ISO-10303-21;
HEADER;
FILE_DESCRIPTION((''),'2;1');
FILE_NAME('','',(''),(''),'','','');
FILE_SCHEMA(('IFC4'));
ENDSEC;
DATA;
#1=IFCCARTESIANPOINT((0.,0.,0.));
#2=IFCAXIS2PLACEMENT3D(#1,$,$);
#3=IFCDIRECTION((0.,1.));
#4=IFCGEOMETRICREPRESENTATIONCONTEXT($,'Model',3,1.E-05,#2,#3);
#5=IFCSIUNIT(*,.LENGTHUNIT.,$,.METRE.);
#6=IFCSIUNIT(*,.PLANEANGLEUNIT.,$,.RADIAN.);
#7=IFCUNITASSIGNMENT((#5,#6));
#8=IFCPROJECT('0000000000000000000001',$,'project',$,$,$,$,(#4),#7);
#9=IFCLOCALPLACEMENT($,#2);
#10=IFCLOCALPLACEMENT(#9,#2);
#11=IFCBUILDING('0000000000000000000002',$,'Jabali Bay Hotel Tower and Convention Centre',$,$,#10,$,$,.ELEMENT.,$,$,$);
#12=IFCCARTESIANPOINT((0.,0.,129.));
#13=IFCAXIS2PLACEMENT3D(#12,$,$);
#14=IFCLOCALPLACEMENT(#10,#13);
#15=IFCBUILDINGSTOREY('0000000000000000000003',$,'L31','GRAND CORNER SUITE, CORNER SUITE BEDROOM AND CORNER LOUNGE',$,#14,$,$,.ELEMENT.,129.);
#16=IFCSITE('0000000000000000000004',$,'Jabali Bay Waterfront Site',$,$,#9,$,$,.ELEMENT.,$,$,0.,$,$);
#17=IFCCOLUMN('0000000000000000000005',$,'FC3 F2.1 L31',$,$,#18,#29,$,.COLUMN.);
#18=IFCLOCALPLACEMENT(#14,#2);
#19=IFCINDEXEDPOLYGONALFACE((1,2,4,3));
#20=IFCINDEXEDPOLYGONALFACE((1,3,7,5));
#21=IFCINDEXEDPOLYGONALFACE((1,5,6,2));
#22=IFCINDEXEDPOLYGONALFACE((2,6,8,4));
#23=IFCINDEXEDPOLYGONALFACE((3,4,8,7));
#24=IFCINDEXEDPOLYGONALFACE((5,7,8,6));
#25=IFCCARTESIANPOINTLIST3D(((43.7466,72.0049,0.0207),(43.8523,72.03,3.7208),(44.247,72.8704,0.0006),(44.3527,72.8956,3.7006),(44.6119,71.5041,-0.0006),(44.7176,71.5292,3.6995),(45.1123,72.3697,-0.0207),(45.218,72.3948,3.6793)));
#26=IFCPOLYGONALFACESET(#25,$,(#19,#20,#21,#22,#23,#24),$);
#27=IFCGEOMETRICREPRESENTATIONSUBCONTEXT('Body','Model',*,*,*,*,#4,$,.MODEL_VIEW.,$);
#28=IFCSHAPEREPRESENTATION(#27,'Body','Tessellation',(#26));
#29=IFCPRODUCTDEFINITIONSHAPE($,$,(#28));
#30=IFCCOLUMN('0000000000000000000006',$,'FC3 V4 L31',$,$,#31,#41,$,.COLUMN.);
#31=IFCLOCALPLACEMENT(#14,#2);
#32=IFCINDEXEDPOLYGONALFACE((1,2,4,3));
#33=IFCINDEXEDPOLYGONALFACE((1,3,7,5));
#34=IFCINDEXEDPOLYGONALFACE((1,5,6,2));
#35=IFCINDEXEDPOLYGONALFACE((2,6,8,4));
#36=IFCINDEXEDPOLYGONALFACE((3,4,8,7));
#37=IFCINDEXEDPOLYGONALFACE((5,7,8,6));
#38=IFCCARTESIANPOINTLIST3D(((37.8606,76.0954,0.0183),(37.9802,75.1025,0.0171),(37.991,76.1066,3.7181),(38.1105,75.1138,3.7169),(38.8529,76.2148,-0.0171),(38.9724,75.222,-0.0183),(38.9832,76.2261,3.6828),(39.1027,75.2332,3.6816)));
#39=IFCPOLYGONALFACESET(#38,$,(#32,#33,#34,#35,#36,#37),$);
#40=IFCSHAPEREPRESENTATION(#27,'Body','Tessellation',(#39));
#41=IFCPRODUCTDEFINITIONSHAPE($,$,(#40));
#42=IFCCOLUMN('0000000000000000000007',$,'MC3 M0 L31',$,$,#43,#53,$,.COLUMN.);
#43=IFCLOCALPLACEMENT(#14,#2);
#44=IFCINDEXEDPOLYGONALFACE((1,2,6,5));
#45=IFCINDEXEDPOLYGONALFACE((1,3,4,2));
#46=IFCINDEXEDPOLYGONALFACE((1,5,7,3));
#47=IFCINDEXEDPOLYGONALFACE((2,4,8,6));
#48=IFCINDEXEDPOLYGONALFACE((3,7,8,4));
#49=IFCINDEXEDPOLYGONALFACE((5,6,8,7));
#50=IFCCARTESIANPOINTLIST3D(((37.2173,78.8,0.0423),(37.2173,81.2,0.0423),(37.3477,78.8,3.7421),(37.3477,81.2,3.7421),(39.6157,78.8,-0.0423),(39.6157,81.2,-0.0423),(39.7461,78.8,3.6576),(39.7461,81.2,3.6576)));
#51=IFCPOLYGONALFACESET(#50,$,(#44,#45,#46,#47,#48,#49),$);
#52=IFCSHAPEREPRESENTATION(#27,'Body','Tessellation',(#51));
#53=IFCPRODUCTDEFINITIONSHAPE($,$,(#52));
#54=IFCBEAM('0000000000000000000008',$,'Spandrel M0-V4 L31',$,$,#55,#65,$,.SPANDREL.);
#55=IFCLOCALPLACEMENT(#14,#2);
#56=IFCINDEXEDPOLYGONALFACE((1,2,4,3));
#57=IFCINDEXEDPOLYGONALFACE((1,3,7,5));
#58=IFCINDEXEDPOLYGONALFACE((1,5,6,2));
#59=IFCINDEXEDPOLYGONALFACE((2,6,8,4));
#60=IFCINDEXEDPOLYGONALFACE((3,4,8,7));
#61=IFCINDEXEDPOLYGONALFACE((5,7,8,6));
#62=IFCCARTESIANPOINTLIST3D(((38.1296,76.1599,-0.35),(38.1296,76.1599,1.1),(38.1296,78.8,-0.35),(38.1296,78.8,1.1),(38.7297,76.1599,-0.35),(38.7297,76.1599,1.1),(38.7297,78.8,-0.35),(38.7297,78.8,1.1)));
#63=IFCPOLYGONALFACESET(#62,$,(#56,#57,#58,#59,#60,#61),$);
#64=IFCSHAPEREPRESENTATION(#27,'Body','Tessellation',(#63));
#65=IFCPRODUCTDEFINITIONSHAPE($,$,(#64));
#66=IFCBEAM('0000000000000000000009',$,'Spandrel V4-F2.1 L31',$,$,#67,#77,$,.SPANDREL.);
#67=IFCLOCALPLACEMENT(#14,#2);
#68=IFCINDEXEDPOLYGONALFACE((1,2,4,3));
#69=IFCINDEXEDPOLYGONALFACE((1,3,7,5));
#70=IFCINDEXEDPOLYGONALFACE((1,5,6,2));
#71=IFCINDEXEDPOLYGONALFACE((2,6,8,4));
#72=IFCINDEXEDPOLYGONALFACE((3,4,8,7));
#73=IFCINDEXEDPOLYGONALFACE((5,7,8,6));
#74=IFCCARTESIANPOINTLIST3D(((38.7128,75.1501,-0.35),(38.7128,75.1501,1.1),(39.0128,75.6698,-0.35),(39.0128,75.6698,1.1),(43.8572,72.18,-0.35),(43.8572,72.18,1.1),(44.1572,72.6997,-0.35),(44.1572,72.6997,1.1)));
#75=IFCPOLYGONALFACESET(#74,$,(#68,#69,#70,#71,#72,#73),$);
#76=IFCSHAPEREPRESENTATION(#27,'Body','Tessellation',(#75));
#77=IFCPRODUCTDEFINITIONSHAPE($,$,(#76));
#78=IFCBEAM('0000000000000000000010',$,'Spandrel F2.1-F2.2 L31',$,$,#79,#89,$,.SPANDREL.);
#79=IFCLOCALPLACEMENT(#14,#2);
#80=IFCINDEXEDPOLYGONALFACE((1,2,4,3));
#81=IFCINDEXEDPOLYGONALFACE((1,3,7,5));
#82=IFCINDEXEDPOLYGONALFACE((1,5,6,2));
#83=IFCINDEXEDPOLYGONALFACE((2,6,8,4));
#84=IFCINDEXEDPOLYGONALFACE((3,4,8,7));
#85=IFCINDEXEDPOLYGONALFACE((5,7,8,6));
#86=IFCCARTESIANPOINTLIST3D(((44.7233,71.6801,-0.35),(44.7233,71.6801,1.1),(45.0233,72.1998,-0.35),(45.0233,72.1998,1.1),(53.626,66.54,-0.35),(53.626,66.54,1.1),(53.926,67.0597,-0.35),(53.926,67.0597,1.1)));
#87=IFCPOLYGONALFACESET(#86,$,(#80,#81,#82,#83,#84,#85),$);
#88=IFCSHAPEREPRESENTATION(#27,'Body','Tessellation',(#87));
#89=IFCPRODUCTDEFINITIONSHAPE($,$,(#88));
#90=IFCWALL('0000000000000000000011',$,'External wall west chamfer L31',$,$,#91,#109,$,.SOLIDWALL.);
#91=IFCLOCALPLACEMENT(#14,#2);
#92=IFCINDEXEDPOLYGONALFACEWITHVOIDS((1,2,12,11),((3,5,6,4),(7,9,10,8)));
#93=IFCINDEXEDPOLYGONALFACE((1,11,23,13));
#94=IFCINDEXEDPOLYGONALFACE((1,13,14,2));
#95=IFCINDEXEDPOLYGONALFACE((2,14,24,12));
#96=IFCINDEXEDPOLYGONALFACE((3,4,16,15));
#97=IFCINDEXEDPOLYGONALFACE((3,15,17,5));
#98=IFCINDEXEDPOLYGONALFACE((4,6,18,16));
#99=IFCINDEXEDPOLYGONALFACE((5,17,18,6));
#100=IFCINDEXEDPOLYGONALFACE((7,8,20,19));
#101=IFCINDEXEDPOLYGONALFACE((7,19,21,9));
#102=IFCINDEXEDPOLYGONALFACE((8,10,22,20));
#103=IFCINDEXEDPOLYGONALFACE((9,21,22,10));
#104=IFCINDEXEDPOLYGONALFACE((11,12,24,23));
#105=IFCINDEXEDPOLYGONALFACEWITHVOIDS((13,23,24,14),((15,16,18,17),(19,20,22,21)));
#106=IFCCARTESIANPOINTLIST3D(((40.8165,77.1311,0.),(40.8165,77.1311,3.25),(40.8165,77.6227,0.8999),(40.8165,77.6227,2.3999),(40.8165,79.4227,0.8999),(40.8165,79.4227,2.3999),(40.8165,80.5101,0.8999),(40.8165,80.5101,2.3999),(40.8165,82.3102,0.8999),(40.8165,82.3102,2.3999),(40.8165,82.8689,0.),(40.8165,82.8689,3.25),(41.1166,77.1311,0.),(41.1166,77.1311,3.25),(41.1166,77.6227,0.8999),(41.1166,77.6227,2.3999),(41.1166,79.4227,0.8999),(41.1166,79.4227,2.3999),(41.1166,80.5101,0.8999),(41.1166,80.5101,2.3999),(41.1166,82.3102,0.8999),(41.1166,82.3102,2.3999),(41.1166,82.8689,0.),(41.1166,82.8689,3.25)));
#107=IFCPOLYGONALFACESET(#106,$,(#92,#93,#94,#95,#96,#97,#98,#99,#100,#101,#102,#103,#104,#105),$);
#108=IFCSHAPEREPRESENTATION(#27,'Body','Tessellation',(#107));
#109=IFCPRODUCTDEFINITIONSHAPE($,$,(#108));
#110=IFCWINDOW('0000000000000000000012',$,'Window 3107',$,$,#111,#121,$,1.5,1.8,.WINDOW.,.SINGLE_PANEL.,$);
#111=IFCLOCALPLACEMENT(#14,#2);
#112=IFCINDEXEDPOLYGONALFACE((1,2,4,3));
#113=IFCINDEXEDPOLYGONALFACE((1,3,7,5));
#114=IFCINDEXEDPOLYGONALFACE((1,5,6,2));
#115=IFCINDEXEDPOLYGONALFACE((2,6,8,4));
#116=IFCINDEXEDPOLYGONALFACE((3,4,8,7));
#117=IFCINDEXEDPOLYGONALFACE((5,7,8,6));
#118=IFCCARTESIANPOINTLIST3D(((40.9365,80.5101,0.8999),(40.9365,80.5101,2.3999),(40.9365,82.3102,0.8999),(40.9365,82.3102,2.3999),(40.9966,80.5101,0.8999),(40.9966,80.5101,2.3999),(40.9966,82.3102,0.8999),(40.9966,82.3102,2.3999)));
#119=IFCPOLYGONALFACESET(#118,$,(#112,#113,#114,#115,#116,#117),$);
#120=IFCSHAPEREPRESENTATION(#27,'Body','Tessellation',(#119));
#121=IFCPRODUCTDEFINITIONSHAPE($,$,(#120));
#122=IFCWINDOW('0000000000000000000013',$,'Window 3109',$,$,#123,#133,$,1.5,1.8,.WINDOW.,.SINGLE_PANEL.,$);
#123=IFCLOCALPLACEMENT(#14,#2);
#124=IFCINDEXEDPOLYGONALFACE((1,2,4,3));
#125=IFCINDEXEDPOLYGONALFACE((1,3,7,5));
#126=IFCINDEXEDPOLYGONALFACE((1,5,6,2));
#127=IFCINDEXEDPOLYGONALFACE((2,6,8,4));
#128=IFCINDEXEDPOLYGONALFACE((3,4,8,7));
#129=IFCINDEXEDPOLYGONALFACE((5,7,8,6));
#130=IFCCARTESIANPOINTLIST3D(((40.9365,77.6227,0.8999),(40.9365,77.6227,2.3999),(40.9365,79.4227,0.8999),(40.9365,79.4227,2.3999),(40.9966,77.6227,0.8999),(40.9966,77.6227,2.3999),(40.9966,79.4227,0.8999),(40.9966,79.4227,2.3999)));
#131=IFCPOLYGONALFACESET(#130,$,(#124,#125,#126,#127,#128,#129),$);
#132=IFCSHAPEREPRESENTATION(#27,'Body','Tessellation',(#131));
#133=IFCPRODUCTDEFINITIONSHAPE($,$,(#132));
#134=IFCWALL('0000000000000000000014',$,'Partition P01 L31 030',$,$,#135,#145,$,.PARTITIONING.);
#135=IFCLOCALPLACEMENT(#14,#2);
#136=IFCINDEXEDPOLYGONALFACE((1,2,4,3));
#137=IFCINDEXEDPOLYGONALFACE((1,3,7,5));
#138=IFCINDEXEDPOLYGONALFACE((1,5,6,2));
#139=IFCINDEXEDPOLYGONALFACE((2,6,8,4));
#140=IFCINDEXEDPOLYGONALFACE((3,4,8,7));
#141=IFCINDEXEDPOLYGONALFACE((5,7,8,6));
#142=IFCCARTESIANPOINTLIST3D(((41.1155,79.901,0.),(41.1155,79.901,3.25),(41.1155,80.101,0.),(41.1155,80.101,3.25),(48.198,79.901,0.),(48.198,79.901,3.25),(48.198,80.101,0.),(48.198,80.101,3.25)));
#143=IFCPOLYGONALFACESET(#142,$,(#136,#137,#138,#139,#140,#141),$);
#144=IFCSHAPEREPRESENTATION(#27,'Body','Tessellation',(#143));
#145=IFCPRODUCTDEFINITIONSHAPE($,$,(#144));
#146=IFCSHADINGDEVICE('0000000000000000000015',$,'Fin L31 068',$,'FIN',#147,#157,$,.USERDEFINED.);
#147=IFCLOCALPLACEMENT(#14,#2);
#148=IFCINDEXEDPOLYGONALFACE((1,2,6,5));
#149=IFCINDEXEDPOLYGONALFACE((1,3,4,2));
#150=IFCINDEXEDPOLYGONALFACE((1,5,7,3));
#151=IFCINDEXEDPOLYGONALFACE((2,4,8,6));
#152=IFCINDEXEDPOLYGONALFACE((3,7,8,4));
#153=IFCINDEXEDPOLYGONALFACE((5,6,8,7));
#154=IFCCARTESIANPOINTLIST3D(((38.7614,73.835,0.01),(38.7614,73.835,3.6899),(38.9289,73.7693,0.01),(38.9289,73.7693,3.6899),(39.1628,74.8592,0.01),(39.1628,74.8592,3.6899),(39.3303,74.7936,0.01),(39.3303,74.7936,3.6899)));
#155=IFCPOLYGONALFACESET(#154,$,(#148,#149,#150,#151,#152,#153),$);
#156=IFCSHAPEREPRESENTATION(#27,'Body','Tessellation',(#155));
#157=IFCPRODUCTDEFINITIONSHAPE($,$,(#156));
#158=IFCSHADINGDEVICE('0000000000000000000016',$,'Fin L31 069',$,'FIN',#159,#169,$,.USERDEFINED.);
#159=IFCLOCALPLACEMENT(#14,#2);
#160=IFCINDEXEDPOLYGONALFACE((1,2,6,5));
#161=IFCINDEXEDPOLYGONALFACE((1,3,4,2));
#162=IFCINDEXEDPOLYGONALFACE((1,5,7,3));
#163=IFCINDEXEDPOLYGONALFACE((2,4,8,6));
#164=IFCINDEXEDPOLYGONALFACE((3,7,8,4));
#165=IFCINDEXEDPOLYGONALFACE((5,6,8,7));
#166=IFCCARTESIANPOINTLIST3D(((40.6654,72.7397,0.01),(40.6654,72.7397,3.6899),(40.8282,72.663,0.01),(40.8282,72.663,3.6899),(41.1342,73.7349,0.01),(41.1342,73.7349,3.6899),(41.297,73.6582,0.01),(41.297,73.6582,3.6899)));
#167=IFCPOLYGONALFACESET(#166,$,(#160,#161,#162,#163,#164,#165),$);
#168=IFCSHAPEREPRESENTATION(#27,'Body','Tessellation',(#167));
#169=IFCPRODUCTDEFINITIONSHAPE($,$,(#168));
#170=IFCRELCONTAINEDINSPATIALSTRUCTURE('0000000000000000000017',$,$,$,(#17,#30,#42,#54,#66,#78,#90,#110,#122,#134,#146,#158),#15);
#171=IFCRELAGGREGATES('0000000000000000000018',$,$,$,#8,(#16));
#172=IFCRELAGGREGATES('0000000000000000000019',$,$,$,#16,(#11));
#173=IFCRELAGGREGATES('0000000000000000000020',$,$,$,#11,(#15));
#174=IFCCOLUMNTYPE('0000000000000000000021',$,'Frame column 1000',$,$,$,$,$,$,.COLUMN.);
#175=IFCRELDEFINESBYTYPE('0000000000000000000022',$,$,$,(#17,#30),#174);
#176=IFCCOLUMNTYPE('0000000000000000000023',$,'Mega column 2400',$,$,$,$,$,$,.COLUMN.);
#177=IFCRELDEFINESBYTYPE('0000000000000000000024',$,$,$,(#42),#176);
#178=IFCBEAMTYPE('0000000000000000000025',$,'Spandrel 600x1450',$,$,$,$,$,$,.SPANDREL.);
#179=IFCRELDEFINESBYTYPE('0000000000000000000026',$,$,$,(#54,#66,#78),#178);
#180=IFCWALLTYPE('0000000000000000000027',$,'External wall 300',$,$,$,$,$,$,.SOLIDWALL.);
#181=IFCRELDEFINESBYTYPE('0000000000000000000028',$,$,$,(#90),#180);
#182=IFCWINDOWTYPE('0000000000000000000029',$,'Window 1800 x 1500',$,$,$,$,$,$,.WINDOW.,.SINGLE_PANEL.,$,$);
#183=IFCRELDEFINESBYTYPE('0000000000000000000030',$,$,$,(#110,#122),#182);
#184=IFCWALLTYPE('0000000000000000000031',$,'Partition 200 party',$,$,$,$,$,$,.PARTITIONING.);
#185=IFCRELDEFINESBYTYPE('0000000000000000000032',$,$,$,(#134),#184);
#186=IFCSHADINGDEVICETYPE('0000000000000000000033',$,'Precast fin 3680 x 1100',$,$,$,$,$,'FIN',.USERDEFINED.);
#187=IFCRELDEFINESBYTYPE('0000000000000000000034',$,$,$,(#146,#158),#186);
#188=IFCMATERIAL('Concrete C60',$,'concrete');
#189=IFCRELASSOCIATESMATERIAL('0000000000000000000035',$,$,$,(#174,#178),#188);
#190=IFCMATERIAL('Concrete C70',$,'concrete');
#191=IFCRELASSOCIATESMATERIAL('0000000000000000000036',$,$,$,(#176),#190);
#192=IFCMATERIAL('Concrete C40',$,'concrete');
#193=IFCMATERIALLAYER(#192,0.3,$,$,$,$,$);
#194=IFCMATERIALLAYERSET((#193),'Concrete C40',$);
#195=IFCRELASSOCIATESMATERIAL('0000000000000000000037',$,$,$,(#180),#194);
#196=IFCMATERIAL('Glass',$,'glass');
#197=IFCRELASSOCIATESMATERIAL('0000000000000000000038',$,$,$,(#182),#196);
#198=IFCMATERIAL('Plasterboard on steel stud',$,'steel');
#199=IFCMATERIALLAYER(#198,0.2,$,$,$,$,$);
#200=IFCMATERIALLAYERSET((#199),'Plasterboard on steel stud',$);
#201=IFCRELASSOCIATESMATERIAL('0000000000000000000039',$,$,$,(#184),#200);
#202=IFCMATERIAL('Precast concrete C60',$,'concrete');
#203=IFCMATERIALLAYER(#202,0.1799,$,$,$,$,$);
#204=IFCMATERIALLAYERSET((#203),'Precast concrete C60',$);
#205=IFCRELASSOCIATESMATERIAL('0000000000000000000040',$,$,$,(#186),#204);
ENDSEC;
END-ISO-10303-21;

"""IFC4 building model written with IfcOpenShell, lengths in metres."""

from ifc_helpers import new_model, si_unit, direction, frame, frame_2d, origin, origin_2d, place, context, subcontext, project, spatial, rectangle, extrude, material, layer, layer_set, material_profile, profile_set, type_object, element, fill, save


model = new_model("IFC4")

# Units and contexts
model_context = context("Model", 3, precision=1e-05, world=origin(), true_north=direction((0.0, 1.0)))
body_context = subcontext(model_context, "Body", "Model", "MODEL_VIEW")
ifc_project = project(units=[si_unit("LENGTHUNIT", "METRE"), si_unit("PLANEANGLEUNIT", "RADIAN")], contexts=[model_context])

# Site, building, storey
site_placement = place(None, origin())
site = spatial("IfcSite", under=ifc_project, at=site_placement, Name="Jabali Bay Waterfront Site", CompositionType="ELEMENT", RefElevation=0.0)
building_placement = place(site_placement, origin())
building = spatial("IfcBuilding", under=site, at=building_placement, Name="Jabali Bay Hotel Tower and Convention Centre", CompositionType="ELEMENT")
storey_placement = place(building_placement, frame((0.0, 0.0, 129.0)))
storey = spatial("IfcBuildingStorey", under=building, at=storey_placement, Name="L31", Description="GRAND CORNER SUITE, CORNER SUITE BEDROOM AND CORNER LOUNGE", CompositionType="ELEMENT", Elevation=129.0)

# Columns
ifc_material_1 = material(Name="Concrete C60", Category="concrete")
ifc_material_profile_1 = material_profile(ifc_material_1, rectangle(XDim=1.0, YDim=1.0, at=origin_2d()), Name="Frame column 1000")
ifc_profile_set_1 = profile_set([ifc_material_profile_1], Name="Concrete C60")
column_type_1 = type_object("IfcColumnType", Name="Frame column 1000", PredefinedType="COLUMN", material=ifc_profile_set_1)
column_1_placement = place(storey_placement, frame((44.4294, 72.1873, 0.0), z_axis=(0.028559, 0.006794, 0.999569), x_axis=(-0.865323, 0.500761, 0.02132)))
element("IfcColumn", 1, at=column_1_placement, inside=storey, type_object=column_type_1, Name="FC3 F2.1 L31", PredefinedType="COLUMN", context=body_context, shape_type="SweptSolid", body=[
    extrude(rectangle(XDim=1.0, YDim=1.0, at=origin_2d()), origin(), (0.0, 0.0, 1.0), 3.7017),
])
column_2_placement = place(storey_placement, frame((38.4165, 75.6587, 0.0), z_axis=(0.035214, 0.003033, 0.999375), x_axis=(-0.119509, 0.992832, 0.001197)))
element("IfcColumn", 2, at=column_2_placement, inside=storey, type_object=column_type_1, Name="FC3 V4 L31", PredefinedType="COLUMN", context=body_context, shape_type="SweptSolid", body=[
    extrude(rectangle(XDim=1.0, YDim=1.0, at=origin_2d()), origin(), (0.0, 0.0, 1.0), 3.7021),
])
ifc_material_2 = material(Name="Concrete C70", Category="concrete")
ifc_material_profile_2 = material_profile(ifc_material_2, rectangle(XDim=2.3999, YDim=2.3999, at=origin_2d()), Name="Mega column 2400")
ifc_profile_set_2 = profile_set([ifc_material_profile_2], Name="Concrete C70")
column_type_2 = type_object("IfcColumnType", Name="Mega column 2400", PredefinedType="COLUMN", material=ifc_profile_set_2)
column_3_placement = place(storey_placement, frame((38.4165, 80.0, 0.0), z_axis=(0.035214, 0.0, 0.99938), x_axis=(0.0, 1.0, 0.0)))
element("IfcColumn", 3, at=column_3_placement, inside=storey, type_object=column_type_2, Name="MC3 M0 L31", PredefinedType="COLUMN", context=body_context, shape_type="SweptSolid", body=[
    extrude(rectangle(XDim=2.3999, YDim=2.3999, at=origin_2d()), origin(), (0.0, 0.0, 1.0), 3.7021),
])

# Beams
ifc_material_profile_3 = material_profile(ifc_material_1, rectangle(XDim=0.6001, YDim=1.45, at=origin_2d()), Name="Spandrel 600x1450")
ifc_profile_set_3 = profile_set([ifc_material_profile_3], Name="Concrete C60")
beam_type = type_object("IfcBeamType", Name="Spandrel 600x1450", PredefinedType="SPANDREL", material=ifc_profile_set_3)
beam_1_placement = place(storey_placement, frame((38.4297, 78.8, 0.375), z_axis=(0.0, -1.0, 0.0), x_axis=(1.0, 0.0, 0.0)))
element("IfcBeam", 4, at=beam_1_placement, inside=storey, type_object=beam_type, Name="Spandrel M0-V4 L31", PredefinedType="SPANDREL", context=body_context, shape_type="SweptSolid", body=[
    extrude(rectangle(XDim=0.6001, YDim=1.45, at=origin_2d()), origin(), (0.0, 0.0, 1.0), 2.6401),
])
beam_2_placement = place(storey_placement, frame((38.8628, 75.4099, 0.375), z_axis=(0.866032, -0.499989, 0.0), x_axis=(0.499989, 0.866032, 0.0)))
element("IfcBeam", 5, at=beam_2_placement, inside=storey, type_object=beam_type, Name="Spandrel V4-F2.1 L31", PredefinedType="SPANDREL", context=body_context, shape_type="SweptSolid", body=[
    extrude(rectangle(XDim=0.6001, YDim=1.45, at=origin_2d()), origin(), (0.0, 0.0, 1.0), 5.9402),
])
beam_3_placement = place(storey_placement, frame((44.8733, 71.9399, 0.375), z_axis=(0.866022, -0.500006, 0.0), x_axis=(0.500006, 0.866022, 0.0)))
element("IfcBeam", 6, at=beam_3_placement, inside=storey, type_object=beam_type, Name="Spandrel F2.1-F2.2 L31", PredefinedType="SPANDREL", context=body_context, shape_type="SweptSolid", body=[
    extrude(rectangle(XDim=0.6001, YDim=1.45, at=origin_2d()), origin(), (0.0, 0.0, 1.0), 10.28),
])

# Wall, openings, windows
ifc_material_3 = material(Name="Concrete C40", Category="concrete")
ifc_layer_1 = layer(ifc_material_3, 0.3)
ifc_layer_set_1 = layer_set([ifc_layer_1], Name="Concrete C40")
wall_type_1 = type_object("IfcWallType", Name="External wall 300", PredefinedType="SOLIDWALL", material=ifc_layer_set_1)
wall_1_placement = place(storey_placement, frame((40.9666, 77.1311, 0.0), z_axis=(0.0, 0.0, 1.0), x_axis=(0.0, 1.0, 0.0)))
wall_1 = element("IfcWall", 7, at=wall_1_placement, inside=storey, type_object=wall_type_1, Name="External wall west chamfer L31", PredefinedType="SOLIDWALL", context=body_context, shape_type="SweptSolid", body=[
    extrude(rectangle(XDim=5.7378, YDim=0.3, at=frame_2d((2.8689, 0.0))), origin(), (0.0, 0.0, 1.0), 3.25),
])
opening_1_placement = place(wall_1_placement, frame((3.3792, 0.0, 0.8999)))
opening_1 = element("IfcOpeningElement", 8, at=opening_1_placement, cuts=wall_1, PredefinedType="OPENING", context=body_context, shape_type="SweptSolid", body=[
    extrude(rectangle(XDim=1.8, YDim=1.5, at=frame_2d((0.8999, 0.75))), frame((0.0, 0.1606, 0.0), z_axis=(0.0, -1.0, 0.0), x_axis=(1.0, 0.0, 0.0)), (0.0, 0.0, 1.0), 0.321),
])
opening_2_placement = place(wall_1_placement, frame((0.4917, 0.0, 0.8999)))
opening_2 = element("IfcOpeningElement", 9, at=opening_2_placement, cuts=wall_1, PredefinedType="OPENING", context=body_context, shape_type="SweptSolid", body=[
    extrude(rectangle(XDim=1.8, YDim=1.5, at=frame_2d((0.8999, 0.75))), frame((0.0, 0.1606, 0.0), z_axis=(0.0, -1.0, 0.0), x_axis=(1.0, 0.0, 0.0)), (0.0, 0.0, 1.0), 0.321),
])
ifc_material_4 = material(Name="Glass", Category="glass")
window_type = type_object("IfcWindowType", Name="Window 1800 x 1500", PartitioningType="SINGLE_PANEL", PredefinedType="WINDOW", material=ifc_material_4)
window_1_placement = place(opening_1_placement, origin())
window_1 = element("IfcWindow", 10, at=window_1_placement, inside=storey, type_object=window_type, Name="Window 3107", OverallHeight=1.5, OverallWidth=1.8, PartitioningType="SINGLE_PANEL", PredefinedType="WINDOW", context=body_context, shape_type="SweptSolid", body=[
    extrude(rectangle(XDim=1.8, YDim=1.5, at=frame_2d((0.8999, 0.75))), frame((0.0, 0.03, 0.0), z_axis=(0.0, -1.0, 0.0), x_axis=(1.0, 0.0, 0.0)), (0.0, 0.0, 1.0), 0.0601),
])
fill(opening_1, window_1)
window_2_placement = place(opening_2_placement, origin())
window_2 = element("IfcWindow", 11, at=window_2_placement, inside=storey, type_object=window_type, Name="Window 3109", OverallHeight=1.5, OverallWidth=1.8, PartitioningType="SINGLE_PANEL", PredefinedType="WINDOW", context=body_context, shape_type="SweptSolid", body=[
    extrude(rectangle(XDim=1.8, YDim=1.5, at=frame_2d((0.8999, 0.75))), frame((0.0, 0.03, 0.0), z_axis=(0.0, -1.0, 0.0), x_axis=(1.0, 0.0, 0.0)), (0.0, 0.0, 1.0), 0.0601),
])
fill(opening_2, window_2)

# Wall
ifc_material_5 = material(Name="Plasterboard on steel stud", Category="steel")
ifc_layer_2 = layer(ifc_material_5, 0.2)
ifc_layer_set_2 = layer_set([ifc_layer_2], Name="Plasterboard on steel stud")
wall_type_2 = type_object("IfcWallType", Name="Partition 200 party", PredefinedType="PARTITIONING", material=ifc_layer_set_2)
wall_2_placement = place(storey_placement, frame((41.1155, 80.001, 0.0), z_axis=(0.0, 0.0, 1.0), x_axis=(1.0, 0.0, 0.0)))
element("IfcWall", 12, at=wall_2_placement, inside=storey, type_object=wall_type_2, Name="Partition P01 L31 030", PredefinedType="PARTITIONING", context=body_context, shape_type="SweptSolid", body=[
    extrude(rectangle(XDim=7.0825, YDim=0.2, at=frame_2d((3.5413, 0.0))), origin(), (0.0, 0.0, 1.0), 3.25),
])

# Shading devices
ifc_material_6 = material(Name="Precast concrete C60", Category="concrete")
ifc_layer_3 = layer(ifc_material_6, 0.1799)
ifc_layer_set_3 = layer_set([ifc_layer_3], Name="Precast concrete C60")
shading_device_type_1 = type_object("IfcShadingDeviceType", Name="Precast fin 3680 x 1100", ElementType="FIN", PredefinedType="USERDEFINED", material=ifc_layer_set_3)
for number, where, z_axis, x_axis, name in (
    (13, (39.2466, 74.8264, 0.01), (0.0, 0.0, 1.0), (-0.364876, -0.931056, 0.0), "Fin L31 068"),
    (14, (41.2156, 73.6965, 0.01), (0.0, 0.0, 1.0), (-0.426139, -0.904658, 0.0), "Fin L31 069"),
):
    element("IfcShadingDevice", number, at=place(storey_placement, frame(where, z_axis=z_axis, x_axis=x_axis)), inside=storey, type_object=shading_device_type_1, Name=name, ObjectType="FIN", PredefinedType="USERDEFINED", context=body_context, shape_type="SweptSolid", body=[
        extrude(rectangle(XDim=1.1001, YDim=0.1799, at=frame_2d((0.55, 0.0))), origin(), (0.0, 0.0, 1.0), 3.6799),
    ])

save(model, "model.ifc")
